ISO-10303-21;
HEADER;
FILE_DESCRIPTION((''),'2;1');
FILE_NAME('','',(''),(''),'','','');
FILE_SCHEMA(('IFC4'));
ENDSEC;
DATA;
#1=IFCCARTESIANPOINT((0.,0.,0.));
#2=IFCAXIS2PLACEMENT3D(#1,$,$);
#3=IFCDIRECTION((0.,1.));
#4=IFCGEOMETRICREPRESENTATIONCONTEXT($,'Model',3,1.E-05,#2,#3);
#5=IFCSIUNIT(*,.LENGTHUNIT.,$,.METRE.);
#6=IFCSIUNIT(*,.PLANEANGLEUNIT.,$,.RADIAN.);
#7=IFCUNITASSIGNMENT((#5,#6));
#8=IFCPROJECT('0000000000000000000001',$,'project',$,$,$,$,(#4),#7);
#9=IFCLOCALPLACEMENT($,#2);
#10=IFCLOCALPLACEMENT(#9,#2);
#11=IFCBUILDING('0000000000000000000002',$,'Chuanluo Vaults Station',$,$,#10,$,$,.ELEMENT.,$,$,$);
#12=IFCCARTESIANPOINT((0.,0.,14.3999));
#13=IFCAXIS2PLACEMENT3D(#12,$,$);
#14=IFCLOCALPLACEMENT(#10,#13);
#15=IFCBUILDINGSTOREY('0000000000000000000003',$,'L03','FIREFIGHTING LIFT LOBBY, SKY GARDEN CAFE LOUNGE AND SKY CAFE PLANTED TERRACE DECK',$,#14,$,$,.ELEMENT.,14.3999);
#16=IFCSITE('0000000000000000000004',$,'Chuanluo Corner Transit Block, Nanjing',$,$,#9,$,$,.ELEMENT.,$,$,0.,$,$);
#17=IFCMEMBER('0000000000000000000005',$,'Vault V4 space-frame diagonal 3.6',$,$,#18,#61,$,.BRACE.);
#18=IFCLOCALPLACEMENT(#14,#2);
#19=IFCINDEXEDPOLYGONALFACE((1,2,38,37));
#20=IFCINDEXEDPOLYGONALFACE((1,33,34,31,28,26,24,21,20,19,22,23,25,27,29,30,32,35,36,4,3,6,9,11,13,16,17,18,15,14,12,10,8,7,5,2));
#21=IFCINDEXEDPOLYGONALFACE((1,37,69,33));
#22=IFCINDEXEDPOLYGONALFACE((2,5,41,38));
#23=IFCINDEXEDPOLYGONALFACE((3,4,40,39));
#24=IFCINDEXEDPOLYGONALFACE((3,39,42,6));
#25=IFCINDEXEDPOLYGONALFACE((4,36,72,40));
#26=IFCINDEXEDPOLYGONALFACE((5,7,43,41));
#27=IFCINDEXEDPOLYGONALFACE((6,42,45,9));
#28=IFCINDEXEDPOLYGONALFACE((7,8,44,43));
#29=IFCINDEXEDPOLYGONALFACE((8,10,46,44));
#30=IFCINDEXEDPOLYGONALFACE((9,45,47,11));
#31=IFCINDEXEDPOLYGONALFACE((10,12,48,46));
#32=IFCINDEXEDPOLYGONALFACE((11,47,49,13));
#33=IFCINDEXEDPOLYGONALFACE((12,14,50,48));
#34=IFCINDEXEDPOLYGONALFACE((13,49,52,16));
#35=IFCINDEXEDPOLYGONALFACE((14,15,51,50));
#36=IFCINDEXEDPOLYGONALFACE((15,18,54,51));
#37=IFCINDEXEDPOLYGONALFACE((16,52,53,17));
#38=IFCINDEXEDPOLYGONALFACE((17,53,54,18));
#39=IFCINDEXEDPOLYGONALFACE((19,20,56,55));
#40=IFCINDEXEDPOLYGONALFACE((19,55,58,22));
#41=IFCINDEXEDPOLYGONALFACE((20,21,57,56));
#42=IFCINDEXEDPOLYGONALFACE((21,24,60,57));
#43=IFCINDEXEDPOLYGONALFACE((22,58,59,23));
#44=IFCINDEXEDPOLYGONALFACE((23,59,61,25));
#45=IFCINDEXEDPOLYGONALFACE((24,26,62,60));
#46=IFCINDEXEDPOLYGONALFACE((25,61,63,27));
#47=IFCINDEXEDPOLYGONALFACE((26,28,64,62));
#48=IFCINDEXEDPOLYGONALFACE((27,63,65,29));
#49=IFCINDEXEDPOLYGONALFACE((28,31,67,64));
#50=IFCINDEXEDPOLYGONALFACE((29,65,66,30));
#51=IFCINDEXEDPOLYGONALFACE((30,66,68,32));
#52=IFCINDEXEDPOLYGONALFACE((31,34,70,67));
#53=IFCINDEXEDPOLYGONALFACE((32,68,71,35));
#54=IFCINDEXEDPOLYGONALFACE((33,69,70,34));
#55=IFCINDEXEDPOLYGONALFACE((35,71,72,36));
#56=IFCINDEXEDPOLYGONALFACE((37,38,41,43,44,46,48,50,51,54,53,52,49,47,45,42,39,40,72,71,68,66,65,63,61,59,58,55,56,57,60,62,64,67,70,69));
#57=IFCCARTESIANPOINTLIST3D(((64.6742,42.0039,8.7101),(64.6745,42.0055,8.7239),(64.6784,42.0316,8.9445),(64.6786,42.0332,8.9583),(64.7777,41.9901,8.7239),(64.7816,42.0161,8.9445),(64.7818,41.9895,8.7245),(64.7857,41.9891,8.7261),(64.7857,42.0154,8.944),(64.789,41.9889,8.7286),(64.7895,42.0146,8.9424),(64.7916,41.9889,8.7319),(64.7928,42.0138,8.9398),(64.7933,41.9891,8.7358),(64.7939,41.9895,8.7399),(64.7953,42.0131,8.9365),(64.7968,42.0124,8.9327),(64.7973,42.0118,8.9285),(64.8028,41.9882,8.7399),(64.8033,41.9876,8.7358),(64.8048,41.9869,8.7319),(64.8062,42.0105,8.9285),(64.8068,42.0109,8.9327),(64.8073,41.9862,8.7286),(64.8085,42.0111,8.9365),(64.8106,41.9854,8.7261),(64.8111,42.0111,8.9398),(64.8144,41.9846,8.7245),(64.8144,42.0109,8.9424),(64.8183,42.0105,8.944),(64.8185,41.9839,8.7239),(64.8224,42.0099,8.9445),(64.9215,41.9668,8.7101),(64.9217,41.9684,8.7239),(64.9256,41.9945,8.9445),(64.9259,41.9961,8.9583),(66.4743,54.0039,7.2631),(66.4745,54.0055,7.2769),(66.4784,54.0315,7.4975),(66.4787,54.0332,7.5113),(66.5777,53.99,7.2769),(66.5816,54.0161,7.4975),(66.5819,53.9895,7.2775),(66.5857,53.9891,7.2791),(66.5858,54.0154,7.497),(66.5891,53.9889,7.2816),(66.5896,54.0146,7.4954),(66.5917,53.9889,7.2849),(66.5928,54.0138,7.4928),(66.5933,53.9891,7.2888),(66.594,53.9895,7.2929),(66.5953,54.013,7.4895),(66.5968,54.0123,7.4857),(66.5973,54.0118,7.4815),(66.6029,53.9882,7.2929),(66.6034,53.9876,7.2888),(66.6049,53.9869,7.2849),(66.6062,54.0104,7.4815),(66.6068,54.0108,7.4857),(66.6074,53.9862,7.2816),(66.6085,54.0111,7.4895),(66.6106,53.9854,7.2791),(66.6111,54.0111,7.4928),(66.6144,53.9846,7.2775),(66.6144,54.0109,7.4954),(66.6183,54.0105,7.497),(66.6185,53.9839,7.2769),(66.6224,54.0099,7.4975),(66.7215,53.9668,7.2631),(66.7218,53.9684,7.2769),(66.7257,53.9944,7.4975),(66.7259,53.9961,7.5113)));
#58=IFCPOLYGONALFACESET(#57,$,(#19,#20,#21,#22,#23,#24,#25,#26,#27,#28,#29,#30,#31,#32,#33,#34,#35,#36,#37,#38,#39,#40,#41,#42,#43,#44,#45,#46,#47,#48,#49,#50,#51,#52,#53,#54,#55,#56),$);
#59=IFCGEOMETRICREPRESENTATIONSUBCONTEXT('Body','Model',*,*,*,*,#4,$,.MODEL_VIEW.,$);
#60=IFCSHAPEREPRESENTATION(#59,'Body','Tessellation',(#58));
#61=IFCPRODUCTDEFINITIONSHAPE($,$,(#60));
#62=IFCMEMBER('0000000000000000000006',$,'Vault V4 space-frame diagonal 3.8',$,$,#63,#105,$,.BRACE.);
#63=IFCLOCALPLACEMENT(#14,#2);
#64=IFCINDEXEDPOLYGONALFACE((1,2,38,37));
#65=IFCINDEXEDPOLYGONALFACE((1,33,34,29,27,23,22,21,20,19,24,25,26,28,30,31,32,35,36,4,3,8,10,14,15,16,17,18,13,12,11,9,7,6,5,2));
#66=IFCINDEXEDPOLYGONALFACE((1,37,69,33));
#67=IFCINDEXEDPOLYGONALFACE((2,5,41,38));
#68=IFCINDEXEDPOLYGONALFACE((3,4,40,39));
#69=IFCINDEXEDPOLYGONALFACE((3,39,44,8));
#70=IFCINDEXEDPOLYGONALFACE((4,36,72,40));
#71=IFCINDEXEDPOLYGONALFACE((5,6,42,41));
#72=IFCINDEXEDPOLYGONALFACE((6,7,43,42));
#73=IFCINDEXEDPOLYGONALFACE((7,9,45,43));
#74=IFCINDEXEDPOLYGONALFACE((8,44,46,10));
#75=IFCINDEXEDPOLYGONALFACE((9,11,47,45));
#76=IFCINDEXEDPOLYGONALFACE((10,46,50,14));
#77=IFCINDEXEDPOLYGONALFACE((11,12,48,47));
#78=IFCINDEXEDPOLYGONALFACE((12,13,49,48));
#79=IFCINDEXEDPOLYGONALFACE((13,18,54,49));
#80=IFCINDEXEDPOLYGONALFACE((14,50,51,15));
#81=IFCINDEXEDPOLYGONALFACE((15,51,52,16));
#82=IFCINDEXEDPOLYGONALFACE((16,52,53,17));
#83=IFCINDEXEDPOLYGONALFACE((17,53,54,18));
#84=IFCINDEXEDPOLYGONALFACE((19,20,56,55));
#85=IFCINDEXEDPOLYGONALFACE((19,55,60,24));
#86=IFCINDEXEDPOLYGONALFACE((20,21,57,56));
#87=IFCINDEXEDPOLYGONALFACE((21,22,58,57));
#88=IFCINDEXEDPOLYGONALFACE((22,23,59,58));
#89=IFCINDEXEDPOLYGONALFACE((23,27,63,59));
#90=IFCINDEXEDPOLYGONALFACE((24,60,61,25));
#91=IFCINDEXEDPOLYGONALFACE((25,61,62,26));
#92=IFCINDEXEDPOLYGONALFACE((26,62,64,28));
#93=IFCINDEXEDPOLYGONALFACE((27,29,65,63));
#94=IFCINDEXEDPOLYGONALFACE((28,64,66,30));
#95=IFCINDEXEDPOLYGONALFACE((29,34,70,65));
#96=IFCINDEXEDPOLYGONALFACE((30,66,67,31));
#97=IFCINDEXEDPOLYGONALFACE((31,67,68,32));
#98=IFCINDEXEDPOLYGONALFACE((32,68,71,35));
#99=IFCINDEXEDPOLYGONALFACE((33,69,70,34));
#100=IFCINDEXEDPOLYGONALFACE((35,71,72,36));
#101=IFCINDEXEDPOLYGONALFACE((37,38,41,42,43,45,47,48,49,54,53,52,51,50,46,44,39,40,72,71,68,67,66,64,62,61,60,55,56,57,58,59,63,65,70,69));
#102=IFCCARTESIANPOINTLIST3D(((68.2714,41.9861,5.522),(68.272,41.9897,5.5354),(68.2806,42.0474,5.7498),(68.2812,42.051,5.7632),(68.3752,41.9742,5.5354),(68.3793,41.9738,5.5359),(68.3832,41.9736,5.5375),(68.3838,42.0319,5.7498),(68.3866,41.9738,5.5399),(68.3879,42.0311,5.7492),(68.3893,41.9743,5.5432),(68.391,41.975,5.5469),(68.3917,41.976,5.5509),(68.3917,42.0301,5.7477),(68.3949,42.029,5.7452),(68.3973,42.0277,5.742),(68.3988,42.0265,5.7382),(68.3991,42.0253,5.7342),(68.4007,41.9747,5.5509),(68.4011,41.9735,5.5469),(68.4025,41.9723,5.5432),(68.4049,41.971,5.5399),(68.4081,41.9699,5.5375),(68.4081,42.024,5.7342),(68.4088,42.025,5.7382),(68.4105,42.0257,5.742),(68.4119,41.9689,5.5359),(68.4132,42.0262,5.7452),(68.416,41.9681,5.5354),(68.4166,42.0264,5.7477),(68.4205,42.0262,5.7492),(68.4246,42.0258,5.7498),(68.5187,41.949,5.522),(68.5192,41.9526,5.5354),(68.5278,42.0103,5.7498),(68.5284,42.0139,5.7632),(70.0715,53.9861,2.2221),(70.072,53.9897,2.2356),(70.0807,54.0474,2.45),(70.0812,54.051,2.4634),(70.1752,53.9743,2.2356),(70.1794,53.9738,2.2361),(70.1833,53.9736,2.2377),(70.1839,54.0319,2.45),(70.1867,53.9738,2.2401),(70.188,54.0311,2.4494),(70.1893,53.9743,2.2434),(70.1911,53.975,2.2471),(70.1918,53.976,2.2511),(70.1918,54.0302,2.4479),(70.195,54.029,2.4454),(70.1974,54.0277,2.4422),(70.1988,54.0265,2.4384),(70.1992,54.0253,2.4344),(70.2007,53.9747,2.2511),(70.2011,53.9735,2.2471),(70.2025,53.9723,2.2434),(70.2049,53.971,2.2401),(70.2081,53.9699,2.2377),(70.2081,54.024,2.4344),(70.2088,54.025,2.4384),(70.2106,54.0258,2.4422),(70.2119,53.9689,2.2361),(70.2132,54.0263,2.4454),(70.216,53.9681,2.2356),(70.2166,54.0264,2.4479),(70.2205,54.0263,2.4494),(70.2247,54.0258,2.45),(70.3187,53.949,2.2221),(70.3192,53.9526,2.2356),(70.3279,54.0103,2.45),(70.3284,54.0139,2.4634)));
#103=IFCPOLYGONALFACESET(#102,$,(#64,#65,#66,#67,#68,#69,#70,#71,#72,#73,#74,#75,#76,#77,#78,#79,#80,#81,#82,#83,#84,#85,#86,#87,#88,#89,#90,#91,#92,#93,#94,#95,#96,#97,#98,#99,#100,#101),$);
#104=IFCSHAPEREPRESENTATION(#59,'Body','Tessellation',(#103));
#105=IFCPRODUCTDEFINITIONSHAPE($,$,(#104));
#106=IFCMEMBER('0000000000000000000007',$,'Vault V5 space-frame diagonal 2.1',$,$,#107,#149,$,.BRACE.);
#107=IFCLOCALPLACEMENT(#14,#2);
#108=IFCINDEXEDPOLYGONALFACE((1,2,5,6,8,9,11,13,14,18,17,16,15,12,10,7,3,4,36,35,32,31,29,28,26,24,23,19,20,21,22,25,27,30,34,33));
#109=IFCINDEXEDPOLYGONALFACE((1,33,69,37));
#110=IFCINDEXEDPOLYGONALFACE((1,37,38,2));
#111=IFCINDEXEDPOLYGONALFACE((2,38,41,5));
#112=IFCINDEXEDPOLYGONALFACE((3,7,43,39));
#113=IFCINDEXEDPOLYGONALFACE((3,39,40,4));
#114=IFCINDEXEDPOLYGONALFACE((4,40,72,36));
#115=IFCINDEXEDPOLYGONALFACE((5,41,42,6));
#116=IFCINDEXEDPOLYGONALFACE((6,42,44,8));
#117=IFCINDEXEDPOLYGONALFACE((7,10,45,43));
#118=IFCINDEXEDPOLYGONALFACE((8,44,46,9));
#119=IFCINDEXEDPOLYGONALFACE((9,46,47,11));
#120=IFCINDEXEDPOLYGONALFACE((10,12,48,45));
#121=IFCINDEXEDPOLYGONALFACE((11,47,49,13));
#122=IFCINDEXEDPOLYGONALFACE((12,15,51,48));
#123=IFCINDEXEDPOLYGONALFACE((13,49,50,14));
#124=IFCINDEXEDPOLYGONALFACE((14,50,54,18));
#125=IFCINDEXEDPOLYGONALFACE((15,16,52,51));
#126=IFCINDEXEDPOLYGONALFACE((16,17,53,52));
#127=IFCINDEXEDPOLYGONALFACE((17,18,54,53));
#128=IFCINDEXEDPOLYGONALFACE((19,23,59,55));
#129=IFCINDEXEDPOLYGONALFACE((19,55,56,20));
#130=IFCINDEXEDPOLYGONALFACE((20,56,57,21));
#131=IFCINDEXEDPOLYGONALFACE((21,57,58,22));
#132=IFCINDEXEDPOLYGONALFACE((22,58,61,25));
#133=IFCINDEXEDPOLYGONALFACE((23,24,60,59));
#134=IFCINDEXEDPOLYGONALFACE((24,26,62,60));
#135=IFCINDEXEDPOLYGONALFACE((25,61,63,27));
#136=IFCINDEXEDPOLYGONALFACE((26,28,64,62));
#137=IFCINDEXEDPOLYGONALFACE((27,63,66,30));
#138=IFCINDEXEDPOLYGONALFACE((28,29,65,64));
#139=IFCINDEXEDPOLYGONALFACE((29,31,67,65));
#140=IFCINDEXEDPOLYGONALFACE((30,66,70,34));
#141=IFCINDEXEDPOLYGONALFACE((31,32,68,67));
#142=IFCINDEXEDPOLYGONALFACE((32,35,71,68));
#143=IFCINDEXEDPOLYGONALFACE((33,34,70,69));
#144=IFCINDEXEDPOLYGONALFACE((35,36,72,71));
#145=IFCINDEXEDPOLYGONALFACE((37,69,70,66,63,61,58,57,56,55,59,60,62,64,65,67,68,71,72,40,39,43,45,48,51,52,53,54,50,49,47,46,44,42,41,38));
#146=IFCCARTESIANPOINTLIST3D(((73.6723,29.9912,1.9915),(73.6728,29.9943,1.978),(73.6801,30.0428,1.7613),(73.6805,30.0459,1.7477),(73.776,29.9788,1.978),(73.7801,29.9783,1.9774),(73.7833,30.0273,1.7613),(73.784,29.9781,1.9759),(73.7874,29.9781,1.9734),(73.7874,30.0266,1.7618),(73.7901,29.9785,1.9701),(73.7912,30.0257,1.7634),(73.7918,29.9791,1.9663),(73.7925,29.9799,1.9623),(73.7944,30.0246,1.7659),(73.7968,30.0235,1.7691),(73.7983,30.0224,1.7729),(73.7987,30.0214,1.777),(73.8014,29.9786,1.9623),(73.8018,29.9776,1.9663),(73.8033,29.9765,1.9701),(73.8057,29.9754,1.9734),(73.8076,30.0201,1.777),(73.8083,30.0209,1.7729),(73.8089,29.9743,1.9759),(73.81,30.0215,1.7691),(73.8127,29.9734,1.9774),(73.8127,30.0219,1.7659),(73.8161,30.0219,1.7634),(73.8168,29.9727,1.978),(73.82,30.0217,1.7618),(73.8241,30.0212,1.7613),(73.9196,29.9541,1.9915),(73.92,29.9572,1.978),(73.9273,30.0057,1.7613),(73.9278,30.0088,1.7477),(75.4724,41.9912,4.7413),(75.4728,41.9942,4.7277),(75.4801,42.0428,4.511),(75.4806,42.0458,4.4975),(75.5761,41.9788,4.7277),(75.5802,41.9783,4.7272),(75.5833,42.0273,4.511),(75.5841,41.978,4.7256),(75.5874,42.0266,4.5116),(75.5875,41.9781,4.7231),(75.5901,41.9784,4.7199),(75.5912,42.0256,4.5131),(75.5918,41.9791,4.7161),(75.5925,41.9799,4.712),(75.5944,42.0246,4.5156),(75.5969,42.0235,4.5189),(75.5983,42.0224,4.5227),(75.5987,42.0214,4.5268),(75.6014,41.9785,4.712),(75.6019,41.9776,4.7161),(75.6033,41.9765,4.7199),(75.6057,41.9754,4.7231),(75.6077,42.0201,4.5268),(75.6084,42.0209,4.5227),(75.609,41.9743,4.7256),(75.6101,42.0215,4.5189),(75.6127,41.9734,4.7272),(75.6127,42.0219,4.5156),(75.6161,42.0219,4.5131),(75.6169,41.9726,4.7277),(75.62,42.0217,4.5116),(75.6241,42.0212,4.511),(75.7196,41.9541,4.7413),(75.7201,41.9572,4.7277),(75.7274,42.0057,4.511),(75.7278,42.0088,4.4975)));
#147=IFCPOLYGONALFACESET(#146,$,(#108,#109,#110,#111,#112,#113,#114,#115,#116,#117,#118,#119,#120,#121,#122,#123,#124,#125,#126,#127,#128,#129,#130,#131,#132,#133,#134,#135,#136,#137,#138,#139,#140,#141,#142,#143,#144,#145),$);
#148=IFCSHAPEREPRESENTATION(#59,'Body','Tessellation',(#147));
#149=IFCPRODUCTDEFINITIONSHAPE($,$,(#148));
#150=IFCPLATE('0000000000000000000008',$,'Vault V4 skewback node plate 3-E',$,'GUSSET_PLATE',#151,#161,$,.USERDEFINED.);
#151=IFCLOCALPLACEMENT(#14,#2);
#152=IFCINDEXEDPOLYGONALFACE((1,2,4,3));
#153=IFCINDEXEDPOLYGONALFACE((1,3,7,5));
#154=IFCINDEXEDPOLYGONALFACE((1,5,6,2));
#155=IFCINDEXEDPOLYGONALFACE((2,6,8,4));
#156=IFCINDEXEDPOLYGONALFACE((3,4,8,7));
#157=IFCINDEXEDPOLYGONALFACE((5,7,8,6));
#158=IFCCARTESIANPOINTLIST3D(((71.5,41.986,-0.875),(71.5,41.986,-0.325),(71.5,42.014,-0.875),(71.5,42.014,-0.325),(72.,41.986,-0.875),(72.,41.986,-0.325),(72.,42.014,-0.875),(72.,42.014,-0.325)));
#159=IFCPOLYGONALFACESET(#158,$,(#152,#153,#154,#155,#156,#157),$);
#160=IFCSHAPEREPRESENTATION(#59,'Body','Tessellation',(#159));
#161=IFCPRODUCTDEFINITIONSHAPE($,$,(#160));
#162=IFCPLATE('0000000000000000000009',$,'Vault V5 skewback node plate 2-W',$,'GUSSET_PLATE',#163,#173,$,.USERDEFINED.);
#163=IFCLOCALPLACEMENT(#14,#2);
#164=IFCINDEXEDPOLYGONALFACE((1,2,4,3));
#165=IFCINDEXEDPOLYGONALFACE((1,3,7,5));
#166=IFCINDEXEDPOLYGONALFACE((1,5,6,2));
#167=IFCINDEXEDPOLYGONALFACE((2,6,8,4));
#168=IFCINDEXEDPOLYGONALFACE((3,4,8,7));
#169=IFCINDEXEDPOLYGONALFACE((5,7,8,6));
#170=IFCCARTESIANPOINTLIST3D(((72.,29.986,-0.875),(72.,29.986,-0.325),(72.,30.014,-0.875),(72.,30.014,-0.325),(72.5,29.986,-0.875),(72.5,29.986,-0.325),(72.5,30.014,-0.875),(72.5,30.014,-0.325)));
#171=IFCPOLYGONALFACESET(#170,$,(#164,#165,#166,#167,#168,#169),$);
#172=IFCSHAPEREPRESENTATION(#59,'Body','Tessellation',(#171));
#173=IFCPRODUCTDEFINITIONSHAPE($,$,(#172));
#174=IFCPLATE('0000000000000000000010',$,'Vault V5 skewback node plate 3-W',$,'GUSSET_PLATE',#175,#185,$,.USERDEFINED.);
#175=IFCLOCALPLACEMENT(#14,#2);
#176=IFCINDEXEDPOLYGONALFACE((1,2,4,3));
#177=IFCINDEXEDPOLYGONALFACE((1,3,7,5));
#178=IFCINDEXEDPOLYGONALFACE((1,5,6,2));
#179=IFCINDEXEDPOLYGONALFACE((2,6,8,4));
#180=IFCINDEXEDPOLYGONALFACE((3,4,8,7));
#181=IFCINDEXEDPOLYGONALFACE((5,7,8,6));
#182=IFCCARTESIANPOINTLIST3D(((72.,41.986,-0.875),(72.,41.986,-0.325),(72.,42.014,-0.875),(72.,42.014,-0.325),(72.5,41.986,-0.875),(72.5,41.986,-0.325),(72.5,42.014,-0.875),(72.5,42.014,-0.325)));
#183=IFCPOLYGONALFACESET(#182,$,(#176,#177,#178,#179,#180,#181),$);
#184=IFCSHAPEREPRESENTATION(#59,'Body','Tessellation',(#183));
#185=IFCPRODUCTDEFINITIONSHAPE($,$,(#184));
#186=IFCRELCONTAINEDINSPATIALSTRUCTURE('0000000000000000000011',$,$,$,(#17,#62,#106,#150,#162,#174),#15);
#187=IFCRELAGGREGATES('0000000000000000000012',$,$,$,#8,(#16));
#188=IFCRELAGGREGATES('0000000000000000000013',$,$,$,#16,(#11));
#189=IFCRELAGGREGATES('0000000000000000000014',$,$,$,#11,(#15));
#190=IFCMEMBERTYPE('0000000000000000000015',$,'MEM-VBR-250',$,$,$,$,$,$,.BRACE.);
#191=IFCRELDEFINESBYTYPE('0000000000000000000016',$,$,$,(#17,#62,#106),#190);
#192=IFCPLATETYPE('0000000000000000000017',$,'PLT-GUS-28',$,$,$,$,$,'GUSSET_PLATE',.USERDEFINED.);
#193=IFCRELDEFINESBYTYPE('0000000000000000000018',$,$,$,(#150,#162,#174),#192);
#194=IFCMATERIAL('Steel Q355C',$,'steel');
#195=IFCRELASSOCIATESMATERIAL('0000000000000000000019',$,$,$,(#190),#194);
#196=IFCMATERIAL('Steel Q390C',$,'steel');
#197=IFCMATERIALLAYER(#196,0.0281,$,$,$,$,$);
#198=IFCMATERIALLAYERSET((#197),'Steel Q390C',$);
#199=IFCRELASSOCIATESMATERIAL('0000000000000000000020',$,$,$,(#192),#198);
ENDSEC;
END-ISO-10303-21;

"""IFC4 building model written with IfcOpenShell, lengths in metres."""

from ifc_helpers import new_model, si_unit, direction, frame, origin, origin_2d, place, context, subcontext, project, spatial, rectangle, i_section, extrude, material, layer, layer_set, material_profile, profile_set, type_object, element, save


model = new_model("IFC4")

# Units and contexts
model_context = context("Model", 3, precision=1e-05, world=origin(), true_north=direction((0.0, 1.0)))
body_context = subcontext(model_context, "Body", "Model", "MODEL_VIEW")
ifc_project = project(units=[si_unit("LENGTHUNIT", "METRE"), si_unit("PLANEANGLEUNIT", "RADIAN")], contexts=[model_context])

# Site, building, storey
site_placement = place(None, origin())
site = spatial("IfcSite", under=ifc_project, at=site_placement, Name="Chuanluo Corner Transit Block, Nanjing", CompositionType="ELEMENT", RefElevation=0.0)
building_placement = place(site_placement, origin())
building = spatial("IfcBuilding", under=site, at=building_placement, Name="Chuanluo Vaults Station", CompositionType="ELEMENT")
storey_placement = place(building_placement, frame((0.0, 0.0, 14.3999)))
storey = spatial("IfcBuildingStorey", under=building, at=storey_placement, Name="L03", Description="FIREFIGHTING LIFT LOBBY, SKY GARDEN CAFE LOUNGE AND SKY CAFE PLANTED TERRACE DECK", CompositionType="ELEMENT", Elevation=14.3999)

# Members
ifc_material_1 = material(Name="Steel Q355C", Category="steel")
ifc_material_profile_1 = material_profile(ifc_material_1, i_section(OverallWidth=0.25, OverallDepth=0.25, WebThickness=0.009, FlangeThickness=0.0139, FilletRadius=0.0161, at=origin_2d()))
ifc_profile_set_1 = profile_set([ifc_material_profile_1], Name="Steel Q355C")
member_type_1 = type_object("IfcMemberType", Name="MEM-VBR-250", PredefinedType="BRACE", material=ifc_profile_set_1)
member_1_placement = place(storey_placement, frame((64.8, 42.0, 8.8342), z_axis=(0.147301, 0.981978, -0.118412), x_axis=(-0.988936, 0.148344, 0.0)))
element("IfcMember", 1, at=member_1_placement, inside=storey, type_object=member_type_1, Name="Vault V4 space-frame diagonal 3.6", PredefinedType="BRACE", context=body_context, shape_type="SweptSolid", body=[
    extrude(i_section(OverallWidth=0.25, OverallDepth=0.25, WebThickness=0.009, FlangeThickness=0.0139, FilletRadius=0.0161, at=origin_2d()), origin(), (0.0, 0.0, 1.0), 12.2202),
])
member_2_placement = place(storey_placement, frame((68.3999, 42.0, 5.6426), z_axis=(0.143146, 0.95428, -0.262411), x_axis=(-0.988936, 0.148344, 0.0)))
element("IfcMember", 2, at=member_2_placement, inside=storey, type_object=member_type_1, Name="Vault V4 space-frame diagonal 3.8", PredefinedType="BRACE", context=body_context, shape_type="SweptSolid", body=[
    extrude(i_section(OverallWidth=0.25, OverallDepth=0.25, WebThickness=0.009, FlangeThickness=0.0139, FilletRadius=0.0161, at=origin_2d()), origin(), (0.0, 0.0, 1.0), 12.575),
])
member_3_placement = place(storey_placement, frame((73.8, 30.0, 1.8696), z_axis=(0.144676, 0.964481, 0.221007), x_axis=(-0.988936, 0.148344, 0.0)))
element("IfcMember", 3, at=member_3_placement, inside=storey, type_object=member_type_1, Name="Vault V5 space-frame diagonal 2.1", PredefinedType="BRACE", context=body_context, shape_type="SweptSolid", body=[
    extrude(i_section(OverallWidth=0.25, OverallDepth=0.25, WebThickness=0.009, FlangeThickness=0.0139, FilletRadius=0.0161, at=origin_2d()), origin(), (0.0, 0.0, 1.0), 12.4419),
])

# Plates
ifc_material_2 = material(Name="Steel Q390C", Category="steel")
ifc_layer = layer(ifc_material_2, 0.0281)
ifc_layer_set = layer_set([ifc_layer], Name="Steel Q390C")
plate_type = type_object("IfcPlateType", Name="PLT-GUS-28", ElementType="GUSSET_PLATE", PredefinedType="USERDEFINED", material=ifc_layer_set)
for number, where, z_axis, x_axis, name in (
    (4, (71.75, 42.0, -0.875), (0.0, 0.0, 1.0), (1.0, 0.0, 0.0), "Vault V4 skewback node plate 3-E"),
    (5, (72.25, 30.0, -0.875), (0.0, 0.0, 1.0), (1.0, 0.0, 0.0), "Vault V5 skewback node plate 2-W"),
    (6, (72.25, 42.0, -0.875), (0.0, 0.0, 1.0), (1.0, 0.0, 0.0), "Vault V5 skewback node plate 3-W"),
):
    element("IfcPlate", number, at=place(storey_placement, frame(where, z_axis=z_axis, x_axis=x_axis)), inside=storey, type_object=plate_type, Name=name, ObjectType="GUSSET_PLATE", PredefinedType="USERDEFINED", context=body_context, shape_type="SweptSolid", body=[
        extrude(rectangle(XDim=0.5, YDim=0.0281, at=origin_2d()), origin(), (0.0, 0.0, 1.0), 0.55),
    ])

save(model, "model.ifc")
